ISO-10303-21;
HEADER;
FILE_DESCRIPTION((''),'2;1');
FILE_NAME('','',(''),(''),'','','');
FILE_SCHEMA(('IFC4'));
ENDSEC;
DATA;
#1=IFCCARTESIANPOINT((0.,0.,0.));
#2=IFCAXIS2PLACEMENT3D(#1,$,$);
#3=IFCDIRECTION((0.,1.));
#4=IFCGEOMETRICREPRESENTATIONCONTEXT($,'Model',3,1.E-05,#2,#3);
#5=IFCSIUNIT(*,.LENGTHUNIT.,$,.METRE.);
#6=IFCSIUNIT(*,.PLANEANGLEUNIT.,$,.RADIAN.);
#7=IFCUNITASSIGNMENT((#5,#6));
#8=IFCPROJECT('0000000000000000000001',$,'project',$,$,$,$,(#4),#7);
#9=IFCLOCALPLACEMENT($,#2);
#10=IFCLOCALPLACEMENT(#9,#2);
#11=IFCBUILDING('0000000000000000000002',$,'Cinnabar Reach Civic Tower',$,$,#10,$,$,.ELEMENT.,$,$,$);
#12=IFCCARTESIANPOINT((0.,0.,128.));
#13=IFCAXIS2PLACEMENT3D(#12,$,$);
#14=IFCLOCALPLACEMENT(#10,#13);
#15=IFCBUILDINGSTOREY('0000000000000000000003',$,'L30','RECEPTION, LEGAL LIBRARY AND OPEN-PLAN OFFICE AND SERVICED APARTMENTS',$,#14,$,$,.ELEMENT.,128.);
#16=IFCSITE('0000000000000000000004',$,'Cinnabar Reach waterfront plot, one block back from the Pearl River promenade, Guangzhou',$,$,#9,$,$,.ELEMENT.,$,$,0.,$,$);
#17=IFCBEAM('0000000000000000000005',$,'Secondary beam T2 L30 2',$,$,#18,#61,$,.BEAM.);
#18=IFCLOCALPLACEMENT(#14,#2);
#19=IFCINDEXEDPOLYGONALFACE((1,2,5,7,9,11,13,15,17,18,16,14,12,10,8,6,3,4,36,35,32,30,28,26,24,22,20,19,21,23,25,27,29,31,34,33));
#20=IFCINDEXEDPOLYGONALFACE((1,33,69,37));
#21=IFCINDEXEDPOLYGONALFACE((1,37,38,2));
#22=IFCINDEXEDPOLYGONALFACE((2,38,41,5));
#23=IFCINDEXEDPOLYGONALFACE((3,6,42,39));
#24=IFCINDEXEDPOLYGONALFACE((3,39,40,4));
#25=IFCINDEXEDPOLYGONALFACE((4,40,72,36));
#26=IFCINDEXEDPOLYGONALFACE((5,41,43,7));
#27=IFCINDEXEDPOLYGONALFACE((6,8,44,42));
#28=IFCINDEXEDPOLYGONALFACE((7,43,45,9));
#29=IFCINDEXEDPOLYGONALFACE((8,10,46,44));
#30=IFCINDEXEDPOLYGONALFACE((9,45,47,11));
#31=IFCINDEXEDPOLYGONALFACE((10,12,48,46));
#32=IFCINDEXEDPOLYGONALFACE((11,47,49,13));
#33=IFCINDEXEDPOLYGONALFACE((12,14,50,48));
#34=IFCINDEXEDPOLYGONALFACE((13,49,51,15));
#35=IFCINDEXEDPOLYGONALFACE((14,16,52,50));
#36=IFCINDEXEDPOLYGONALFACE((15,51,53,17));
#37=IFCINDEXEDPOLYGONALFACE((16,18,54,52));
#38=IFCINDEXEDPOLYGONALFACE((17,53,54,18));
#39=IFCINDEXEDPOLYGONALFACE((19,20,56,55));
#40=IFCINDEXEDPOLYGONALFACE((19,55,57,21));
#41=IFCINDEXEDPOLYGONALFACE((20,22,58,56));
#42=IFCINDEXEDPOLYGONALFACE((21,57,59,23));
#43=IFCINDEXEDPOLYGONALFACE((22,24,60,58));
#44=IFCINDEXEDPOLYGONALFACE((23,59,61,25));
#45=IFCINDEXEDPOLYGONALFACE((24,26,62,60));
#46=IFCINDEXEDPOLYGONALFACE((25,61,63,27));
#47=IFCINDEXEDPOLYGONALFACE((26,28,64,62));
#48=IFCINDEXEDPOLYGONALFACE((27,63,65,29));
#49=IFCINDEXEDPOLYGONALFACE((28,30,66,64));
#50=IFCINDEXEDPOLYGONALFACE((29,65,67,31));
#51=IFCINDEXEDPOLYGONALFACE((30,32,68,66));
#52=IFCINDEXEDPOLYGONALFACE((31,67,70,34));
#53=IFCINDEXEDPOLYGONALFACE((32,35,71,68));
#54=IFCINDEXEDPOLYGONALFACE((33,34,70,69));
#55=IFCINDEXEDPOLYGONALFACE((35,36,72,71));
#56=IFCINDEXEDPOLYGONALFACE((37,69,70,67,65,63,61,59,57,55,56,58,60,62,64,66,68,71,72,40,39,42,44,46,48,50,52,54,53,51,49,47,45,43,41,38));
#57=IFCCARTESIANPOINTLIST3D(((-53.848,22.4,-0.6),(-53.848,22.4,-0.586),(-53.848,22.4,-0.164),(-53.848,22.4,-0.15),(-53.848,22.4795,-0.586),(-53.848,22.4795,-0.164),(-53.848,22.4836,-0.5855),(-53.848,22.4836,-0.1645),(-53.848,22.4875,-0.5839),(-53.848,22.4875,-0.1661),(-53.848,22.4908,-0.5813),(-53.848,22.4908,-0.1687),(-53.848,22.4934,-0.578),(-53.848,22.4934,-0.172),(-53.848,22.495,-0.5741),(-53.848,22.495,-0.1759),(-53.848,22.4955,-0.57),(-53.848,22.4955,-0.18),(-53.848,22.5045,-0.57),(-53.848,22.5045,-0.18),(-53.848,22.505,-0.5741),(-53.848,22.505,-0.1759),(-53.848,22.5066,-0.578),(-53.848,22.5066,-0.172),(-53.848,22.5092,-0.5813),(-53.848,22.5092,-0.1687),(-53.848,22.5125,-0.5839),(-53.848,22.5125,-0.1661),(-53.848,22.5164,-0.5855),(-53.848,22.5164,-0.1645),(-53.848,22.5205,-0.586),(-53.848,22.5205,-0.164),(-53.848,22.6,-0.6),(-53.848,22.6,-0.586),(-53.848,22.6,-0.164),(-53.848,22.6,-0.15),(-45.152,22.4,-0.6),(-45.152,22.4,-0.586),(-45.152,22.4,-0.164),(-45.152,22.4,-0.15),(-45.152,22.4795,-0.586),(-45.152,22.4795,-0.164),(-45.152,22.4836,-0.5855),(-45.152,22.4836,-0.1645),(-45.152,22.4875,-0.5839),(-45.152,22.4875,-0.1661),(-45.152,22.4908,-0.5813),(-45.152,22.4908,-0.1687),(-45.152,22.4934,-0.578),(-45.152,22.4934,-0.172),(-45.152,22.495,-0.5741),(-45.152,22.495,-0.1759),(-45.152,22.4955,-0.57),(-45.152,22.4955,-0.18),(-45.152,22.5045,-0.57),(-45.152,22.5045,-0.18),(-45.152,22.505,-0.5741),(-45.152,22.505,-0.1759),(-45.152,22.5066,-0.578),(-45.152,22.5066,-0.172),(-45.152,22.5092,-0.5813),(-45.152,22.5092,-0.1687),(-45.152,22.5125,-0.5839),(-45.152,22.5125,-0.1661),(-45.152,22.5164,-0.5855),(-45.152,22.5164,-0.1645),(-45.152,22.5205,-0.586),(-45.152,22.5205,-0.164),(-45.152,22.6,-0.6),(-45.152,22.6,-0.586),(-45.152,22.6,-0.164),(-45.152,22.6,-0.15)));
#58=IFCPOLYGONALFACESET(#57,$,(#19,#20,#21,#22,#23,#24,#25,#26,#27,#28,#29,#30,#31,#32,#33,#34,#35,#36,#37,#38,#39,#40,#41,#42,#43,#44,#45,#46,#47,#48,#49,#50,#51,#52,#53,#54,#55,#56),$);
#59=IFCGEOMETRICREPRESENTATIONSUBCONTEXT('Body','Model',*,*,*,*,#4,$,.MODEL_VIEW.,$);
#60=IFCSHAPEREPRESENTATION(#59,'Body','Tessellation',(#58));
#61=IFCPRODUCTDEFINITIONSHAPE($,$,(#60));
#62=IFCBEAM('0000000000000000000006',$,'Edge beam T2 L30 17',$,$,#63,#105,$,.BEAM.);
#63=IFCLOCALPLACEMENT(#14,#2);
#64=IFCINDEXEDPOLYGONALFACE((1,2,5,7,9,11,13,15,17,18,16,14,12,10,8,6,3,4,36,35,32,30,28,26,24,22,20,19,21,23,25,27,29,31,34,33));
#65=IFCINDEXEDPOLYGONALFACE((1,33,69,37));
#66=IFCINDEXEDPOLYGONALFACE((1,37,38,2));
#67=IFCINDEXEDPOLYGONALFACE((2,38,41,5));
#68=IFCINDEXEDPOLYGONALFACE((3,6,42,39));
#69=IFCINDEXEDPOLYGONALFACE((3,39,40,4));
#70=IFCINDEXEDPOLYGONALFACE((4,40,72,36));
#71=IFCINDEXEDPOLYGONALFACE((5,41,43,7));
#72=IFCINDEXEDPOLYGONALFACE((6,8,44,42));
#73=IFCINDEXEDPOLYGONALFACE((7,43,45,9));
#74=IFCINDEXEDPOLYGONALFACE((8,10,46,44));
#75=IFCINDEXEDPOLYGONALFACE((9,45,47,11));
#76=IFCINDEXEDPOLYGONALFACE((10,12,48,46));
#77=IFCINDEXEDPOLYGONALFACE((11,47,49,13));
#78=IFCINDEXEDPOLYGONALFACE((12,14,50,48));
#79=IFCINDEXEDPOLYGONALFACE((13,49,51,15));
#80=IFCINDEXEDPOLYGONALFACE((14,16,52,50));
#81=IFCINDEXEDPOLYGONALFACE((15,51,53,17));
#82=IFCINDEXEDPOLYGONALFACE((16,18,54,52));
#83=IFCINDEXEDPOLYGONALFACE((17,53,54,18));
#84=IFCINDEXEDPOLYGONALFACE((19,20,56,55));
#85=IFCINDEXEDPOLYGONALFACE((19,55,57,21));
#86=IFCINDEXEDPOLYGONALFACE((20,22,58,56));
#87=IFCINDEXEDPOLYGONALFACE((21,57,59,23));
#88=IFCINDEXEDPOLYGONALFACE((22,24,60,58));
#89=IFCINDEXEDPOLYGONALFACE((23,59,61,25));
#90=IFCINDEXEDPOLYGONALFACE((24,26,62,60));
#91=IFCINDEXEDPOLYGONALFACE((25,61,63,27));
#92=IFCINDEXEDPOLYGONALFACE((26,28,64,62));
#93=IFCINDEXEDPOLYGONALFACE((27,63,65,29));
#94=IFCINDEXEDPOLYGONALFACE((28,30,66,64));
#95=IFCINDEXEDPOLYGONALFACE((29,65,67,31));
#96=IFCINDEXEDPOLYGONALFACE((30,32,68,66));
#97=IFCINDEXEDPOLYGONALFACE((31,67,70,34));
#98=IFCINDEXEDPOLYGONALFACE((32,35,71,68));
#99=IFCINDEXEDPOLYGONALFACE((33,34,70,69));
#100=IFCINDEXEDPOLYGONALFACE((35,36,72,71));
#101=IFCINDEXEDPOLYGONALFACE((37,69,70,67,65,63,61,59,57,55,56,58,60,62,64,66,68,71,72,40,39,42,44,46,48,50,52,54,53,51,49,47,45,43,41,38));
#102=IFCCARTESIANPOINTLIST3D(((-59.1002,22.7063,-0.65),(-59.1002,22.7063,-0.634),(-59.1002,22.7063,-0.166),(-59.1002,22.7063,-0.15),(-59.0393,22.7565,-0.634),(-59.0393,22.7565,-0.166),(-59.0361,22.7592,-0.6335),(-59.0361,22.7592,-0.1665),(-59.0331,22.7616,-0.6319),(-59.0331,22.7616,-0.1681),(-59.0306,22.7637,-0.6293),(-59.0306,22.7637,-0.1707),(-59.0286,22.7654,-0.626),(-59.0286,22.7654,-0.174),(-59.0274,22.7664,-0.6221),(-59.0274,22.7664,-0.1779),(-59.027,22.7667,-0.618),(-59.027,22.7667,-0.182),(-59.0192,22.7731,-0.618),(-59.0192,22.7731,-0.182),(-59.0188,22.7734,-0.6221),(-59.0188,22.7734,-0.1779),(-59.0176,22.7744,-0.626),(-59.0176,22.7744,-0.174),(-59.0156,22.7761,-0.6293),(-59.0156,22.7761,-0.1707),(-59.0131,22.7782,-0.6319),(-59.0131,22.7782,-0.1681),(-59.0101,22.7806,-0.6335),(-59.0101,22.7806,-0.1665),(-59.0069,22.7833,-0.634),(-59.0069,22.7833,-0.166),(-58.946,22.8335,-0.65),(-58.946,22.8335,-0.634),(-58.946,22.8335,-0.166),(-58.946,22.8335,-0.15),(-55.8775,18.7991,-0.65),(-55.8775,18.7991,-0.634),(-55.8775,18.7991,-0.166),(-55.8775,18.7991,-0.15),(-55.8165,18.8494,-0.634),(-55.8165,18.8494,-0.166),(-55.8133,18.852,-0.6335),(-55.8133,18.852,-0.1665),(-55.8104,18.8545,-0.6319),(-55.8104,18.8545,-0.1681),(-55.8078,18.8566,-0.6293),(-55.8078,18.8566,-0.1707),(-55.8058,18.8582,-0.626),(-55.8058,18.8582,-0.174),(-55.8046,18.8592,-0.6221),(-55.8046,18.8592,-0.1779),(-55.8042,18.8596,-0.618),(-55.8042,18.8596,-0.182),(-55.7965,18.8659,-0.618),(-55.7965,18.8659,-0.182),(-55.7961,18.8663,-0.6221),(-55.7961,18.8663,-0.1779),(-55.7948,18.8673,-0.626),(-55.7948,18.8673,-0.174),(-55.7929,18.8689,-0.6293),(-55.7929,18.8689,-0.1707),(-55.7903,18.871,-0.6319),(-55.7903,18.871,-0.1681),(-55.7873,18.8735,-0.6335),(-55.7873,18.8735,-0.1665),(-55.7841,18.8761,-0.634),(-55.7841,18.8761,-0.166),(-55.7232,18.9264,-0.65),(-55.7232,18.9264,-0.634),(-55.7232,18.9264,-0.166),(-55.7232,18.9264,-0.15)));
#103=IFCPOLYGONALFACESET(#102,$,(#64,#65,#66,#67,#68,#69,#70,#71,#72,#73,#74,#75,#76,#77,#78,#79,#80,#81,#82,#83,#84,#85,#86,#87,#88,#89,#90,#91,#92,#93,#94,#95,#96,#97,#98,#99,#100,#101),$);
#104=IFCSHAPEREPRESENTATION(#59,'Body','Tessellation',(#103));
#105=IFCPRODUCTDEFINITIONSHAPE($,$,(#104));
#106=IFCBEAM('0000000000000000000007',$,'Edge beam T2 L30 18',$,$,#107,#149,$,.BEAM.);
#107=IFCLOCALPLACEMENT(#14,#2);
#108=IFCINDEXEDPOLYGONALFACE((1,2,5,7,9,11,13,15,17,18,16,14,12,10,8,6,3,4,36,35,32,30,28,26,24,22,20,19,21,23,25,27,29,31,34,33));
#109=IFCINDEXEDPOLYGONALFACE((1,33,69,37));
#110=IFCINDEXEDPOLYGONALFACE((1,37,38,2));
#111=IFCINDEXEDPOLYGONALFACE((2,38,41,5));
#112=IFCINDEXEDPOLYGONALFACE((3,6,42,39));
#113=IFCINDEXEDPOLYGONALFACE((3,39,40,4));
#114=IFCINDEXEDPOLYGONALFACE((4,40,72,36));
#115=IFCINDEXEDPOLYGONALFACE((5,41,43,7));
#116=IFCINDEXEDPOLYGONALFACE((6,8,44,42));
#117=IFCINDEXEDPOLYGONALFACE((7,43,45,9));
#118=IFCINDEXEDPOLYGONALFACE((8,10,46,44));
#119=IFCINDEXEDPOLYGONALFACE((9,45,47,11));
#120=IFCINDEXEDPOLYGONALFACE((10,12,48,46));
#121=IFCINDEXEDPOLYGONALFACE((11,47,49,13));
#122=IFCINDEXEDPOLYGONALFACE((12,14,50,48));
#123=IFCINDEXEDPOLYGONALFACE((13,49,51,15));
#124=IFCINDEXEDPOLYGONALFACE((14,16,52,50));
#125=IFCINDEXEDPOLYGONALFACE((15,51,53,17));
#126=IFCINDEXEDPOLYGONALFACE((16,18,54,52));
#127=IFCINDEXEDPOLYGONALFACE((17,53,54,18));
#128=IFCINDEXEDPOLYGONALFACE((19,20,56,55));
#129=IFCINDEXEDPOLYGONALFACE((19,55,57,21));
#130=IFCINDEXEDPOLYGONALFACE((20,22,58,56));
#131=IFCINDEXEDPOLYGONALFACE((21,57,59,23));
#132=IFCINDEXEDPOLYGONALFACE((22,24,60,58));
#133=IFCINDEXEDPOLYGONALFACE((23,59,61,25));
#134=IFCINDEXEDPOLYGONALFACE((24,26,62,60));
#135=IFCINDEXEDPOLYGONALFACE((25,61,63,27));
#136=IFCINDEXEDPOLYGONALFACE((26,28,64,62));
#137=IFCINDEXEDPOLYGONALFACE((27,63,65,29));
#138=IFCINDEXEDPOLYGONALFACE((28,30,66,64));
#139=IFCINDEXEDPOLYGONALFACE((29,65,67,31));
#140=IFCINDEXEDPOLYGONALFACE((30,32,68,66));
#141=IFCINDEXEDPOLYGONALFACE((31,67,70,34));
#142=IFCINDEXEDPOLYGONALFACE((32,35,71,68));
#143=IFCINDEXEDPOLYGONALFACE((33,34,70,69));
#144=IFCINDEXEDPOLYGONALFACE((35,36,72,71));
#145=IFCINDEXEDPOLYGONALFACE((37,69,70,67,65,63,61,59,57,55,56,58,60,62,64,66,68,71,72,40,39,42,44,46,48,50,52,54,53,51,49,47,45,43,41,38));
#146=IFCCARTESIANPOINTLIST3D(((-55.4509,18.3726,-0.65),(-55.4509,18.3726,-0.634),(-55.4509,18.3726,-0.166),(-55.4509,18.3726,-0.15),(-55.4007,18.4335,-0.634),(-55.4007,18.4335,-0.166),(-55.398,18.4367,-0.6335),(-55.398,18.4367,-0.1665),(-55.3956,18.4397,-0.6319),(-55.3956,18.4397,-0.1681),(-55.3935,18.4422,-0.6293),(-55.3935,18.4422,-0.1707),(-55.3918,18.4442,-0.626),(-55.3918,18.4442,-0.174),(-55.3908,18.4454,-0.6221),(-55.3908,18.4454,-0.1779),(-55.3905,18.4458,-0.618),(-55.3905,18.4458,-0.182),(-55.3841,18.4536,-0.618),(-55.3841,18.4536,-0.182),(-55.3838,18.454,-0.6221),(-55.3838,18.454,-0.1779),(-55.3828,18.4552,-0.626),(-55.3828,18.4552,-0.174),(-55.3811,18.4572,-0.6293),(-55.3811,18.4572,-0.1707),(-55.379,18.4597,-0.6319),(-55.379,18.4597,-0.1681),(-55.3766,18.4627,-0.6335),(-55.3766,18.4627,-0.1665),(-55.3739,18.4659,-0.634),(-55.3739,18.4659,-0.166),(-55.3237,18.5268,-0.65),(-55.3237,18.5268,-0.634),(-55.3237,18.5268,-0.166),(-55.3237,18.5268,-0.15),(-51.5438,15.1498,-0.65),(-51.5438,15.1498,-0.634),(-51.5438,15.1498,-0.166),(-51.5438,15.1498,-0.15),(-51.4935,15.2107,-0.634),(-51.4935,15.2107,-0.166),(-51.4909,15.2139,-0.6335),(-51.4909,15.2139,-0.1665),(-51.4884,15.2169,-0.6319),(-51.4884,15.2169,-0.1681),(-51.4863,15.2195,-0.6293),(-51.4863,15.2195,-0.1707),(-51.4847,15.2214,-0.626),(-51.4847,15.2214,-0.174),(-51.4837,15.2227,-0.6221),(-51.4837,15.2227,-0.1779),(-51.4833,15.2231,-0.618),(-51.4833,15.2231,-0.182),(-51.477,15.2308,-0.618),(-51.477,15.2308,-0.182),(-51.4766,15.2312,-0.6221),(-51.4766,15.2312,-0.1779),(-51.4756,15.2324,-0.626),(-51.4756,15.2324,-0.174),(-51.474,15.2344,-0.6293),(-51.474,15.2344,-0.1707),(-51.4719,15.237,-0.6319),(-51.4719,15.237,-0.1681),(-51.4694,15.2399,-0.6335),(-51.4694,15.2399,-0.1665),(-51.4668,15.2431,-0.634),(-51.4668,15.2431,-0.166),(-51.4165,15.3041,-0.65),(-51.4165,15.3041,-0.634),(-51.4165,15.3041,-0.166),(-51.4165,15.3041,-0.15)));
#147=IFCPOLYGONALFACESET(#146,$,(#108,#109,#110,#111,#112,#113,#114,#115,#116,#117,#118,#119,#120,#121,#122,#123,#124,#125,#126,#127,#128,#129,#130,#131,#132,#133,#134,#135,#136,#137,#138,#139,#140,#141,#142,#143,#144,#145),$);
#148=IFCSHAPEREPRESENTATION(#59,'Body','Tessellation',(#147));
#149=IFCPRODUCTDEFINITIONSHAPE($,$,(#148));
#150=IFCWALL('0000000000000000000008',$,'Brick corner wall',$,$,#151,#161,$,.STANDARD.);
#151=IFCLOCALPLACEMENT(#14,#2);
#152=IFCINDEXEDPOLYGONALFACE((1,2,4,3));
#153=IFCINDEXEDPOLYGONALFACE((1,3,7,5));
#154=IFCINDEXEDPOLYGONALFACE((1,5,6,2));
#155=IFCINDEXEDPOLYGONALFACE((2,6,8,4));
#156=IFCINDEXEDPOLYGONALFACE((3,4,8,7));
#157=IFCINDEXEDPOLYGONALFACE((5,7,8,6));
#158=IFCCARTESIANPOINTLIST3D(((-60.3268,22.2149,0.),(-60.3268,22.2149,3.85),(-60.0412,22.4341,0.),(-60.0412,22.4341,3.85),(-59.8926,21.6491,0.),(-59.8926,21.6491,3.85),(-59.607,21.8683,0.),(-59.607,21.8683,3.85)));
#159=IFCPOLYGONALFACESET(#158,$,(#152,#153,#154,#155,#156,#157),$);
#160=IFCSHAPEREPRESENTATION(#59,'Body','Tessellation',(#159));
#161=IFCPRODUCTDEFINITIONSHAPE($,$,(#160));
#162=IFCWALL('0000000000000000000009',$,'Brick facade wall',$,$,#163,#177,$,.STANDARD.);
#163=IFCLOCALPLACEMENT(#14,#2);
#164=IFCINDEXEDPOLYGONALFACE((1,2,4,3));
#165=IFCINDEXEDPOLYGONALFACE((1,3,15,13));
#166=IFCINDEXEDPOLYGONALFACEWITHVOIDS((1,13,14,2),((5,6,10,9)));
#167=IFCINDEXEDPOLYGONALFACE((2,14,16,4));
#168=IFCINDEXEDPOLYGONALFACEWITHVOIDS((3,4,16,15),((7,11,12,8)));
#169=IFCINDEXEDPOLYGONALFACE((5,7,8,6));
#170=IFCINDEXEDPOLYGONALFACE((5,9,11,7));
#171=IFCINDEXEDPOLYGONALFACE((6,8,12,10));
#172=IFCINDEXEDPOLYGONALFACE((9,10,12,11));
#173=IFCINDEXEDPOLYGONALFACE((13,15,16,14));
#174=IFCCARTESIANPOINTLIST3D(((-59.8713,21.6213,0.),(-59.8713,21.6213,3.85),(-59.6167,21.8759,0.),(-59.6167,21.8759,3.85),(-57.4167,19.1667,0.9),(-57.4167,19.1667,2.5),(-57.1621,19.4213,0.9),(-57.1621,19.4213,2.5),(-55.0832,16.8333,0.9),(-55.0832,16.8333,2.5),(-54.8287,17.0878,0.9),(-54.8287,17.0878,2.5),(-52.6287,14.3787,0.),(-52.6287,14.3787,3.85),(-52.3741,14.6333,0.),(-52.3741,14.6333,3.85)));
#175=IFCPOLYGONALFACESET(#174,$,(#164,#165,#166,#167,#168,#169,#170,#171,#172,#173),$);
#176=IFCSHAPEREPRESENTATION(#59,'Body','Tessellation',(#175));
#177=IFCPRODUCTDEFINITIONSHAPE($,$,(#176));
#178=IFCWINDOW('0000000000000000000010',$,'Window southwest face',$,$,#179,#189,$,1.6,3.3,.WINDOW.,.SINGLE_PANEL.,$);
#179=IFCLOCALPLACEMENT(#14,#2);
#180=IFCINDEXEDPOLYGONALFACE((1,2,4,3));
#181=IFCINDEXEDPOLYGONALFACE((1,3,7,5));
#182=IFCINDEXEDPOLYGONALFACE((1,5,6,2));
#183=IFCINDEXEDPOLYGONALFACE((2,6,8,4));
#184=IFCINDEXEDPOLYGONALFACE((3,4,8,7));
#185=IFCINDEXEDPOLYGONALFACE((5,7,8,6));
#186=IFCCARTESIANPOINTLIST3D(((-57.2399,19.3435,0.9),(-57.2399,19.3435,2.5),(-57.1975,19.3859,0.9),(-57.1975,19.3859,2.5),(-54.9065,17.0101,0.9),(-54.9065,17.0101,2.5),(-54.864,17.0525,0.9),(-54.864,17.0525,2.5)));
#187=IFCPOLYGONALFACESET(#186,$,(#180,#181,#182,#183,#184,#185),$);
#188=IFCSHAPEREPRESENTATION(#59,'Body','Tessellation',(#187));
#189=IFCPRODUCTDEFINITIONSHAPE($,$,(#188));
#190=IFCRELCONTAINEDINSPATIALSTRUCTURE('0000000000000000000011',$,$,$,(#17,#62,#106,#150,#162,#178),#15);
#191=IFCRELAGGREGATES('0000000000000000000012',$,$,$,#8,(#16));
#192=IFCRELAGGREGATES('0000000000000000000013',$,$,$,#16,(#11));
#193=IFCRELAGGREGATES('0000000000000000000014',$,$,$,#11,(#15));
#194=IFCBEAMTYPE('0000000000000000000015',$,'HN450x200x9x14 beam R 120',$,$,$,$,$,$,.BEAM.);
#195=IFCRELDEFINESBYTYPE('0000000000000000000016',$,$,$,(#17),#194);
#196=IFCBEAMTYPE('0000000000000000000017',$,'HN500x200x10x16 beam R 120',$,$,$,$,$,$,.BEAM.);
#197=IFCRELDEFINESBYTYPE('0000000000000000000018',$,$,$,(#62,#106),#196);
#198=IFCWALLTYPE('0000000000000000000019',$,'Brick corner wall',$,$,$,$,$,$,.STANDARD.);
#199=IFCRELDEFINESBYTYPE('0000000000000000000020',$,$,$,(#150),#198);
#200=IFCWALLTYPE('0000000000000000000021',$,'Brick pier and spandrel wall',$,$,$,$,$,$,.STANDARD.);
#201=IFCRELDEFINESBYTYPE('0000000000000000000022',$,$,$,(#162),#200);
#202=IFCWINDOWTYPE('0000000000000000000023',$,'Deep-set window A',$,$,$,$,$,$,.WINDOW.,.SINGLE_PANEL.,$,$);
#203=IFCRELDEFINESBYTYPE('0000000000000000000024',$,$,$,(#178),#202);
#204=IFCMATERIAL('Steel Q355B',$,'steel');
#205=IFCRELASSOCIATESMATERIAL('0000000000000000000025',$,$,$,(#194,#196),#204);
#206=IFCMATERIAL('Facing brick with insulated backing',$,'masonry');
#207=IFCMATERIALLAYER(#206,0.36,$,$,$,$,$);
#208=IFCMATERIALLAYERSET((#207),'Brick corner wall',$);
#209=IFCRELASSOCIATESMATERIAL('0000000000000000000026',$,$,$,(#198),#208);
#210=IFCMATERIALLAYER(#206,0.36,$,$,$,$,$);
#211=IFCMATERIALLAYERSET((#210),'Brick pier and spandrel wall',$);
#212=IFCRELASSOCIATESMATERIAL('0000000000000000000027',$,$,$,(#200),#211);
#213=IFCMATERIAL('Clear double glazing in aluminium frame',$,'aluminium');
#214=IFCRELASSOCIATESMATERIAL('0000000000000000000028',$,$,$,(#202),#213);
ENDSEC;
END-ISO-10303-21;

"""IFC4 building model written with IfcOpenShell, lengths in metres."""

from ifc_helpers import new_model, si_unit, direction, frame, frame_2d, origin, origin_2d, place, context, subcontext, project, spatial, rectangle, i_section, extrude, material, layer, layer_set, material_profile, profile_set, type_object, element, fill, save


model = new_model("IFC4")

# Units and contexts
model_context = context("Model", 3, precision=1e-05, world=origin(), true_north=direction((0.0, 1.0)))
body_context = subcontext(model_context, "Body", "Model", "MODEL_VIEW")
ifc_project = project(units=[si_unit("LENGTHUNIT", "METRE"), si_unit("PLANEANGLEUNIT", "RADIAN")], contexts=[model_context])

# Site, building, storey
site_placement = place(None, origin())
site = spatial("IfcSite", under=ifc_project, at=site_placement, Name="Cinnabar Reach waterfront plot, one block back from the Pearl River promenade, Guangzhou", CompositionType="ELEMENT", RefElevation=0.0)
building_placement = place(site_placement, origin())
building = spatial("IfcBuilding", under=site, at=building_placement, Name="Cinnabar Reach Civic Tower", CompositionType="ELEMENT")
storey_placement = place(building_placement, frame((0.0, 0.0, 128.0)))
storey = spatial("IfcBuildingStorey", under=building, at=storey_placement, Name="L30", Description="RECEPTION, LEGAL LIBRARY AND OPEN-PLAN OFFICE AND SERVICED APARTMENTS", CompositionType="ELEMENT", Elevation=128.0)

# Beams
ifc_material_1 = material(Name="Steel Q355B", Category="steel")
ifc_material_profile_1 = material_profile(ifc_material_1, i_section(OverallWidth=0.2, OverallDepth=0.45, WebThickness=0.009, FlangeThickness=0.014, FilletRadius=0.016, at=origin_2d()), Name="HN450x200x9x14")
ifc_profile_set_1 = profile_set([ifc_material_profile_1], Name="Steel Q355B")
beam_type_1 = type_object("IfcBeamType", Name="HN450x200x9x14 beam R 120", PredefinedType="BEAM", material=ifc_profile_set_1)
beam_1_placement = place(storey_placement, frame((-53.848, 22.5, -0.375), z_axis=(1.0, 0.0, 0.0), x_axis=(0.0, 1.0, 0.0)))
element("IfcBeam", 1, at=beam_1_placement, inside=storey, type_object=beam_type_1, Name="Secondary beam T2 L30 2", PredefinedType="BEAM", context=body_context, shape_type="SweptSolid", body=[
    extrude(i_section(OverallWidth=0.2, OverallDepth=0.45, WebThickness=0.009, FlangeThickness=0.014, FilletRadius=0.016, at=origin_2d()), origin(), (0.0, 0.0, 1.0), 8.696),
])
ifc_material_profile_2 = material_profile(ifc_material_1, i_section(OverallWidth=0.2, OverallDepth=0.5, WebThickness=0.01, FlangeThickness=0.016, FilletRadius=0.016, at=origin_2d()), Name="HN500x200x10x16")
ifc_profile_set_2 = profile_set([ifc_material_profile_2], Name="Steel Q355B")
beam_type_2 = type_object("IfcBeamType", Name="HN500x200x10x16 beam R 120", PredefinedType="BEAM", material=ifc_profile_set_2)
for number, where, z_axis, x_axis, name in (
    (2, (-59.0231, 22.7699, -0.4), (0.636308, -0.771435, 0.0), (0.771435, 0.636308, 0.0), "Edge beam T2 L30 17"),
    (3, (-55.3873, 18.4497, -0.4), (0.771435, -0.636308, 0.0), (0.636308, 0.771435, 0.0), "Edge beam T2 L30 18"),
):
    element("IfcBeam", number, at=place(storey_placement, frame(where, z_axis=z_axis, x_axis=x_axis)), inside=storey, type_object=beam_type_2, Name=name, PredefinedType="BEAM", context=body_context, shape_type="SweptSolid", body=[
        extrude(i_section(OverallWidth=0.2, OverallDepth=0.5, WebThickness=0.01, FlangeThickness=0.016, FilletRadius=0.016, at=origin_2d()), origin(), (0.0, 0.0, 1.0), 5.0648),
    ])

# Wall
ifc_material_2 = material(Name="Facing brick with insulated backing", Category="masonry")
ifc_layer_1 = layer(ifc_material_2, 0.36)
ifc_layer_set_1 = layer_set([ifc_layer_1], Name="Brick corner wall")
wall_type_1 = type_object("IfcWallType", Name="Brick corner wall", PredefinedType="STANDARD", material=ifc_layer_set_1)
wall_1_placement = place(storey_placement, frame((-60.184, 22.3245, 0.0), z_axis=(0.0, 0.0, 1.0), x_axis=(0.608802, -0.793322, 0.0)))
element("IfcWall", 4, at=wall_1_placement, inside=storey, type_object=wall_type_1, Name="Brick corner wall", PredefinedType="STANDARD", context=body_context, shape_type="SweptSolid", body=[
    extrude(rectangle(XDim=0.7132, YDim=0.36, at=frame_2d((0.3566, 0.0))), origin(), (0.0, 0.0, 1.0), 3.85),
])

# Wall, opening, window
ifc_layer_2 = layer(ifc_material_2, 0.36)
ifc_layer_set_2 = layer_set([ifc_layer_2], Name="Brick pier and spandrel wall")
wall_type_2 = type_object("IfcWallType", Name="Brick pier and spandrel wall", PredefinedType="STANDARD", material=ifc_layer_set_2)
wall_2_placement = place(storey_placement, frame((-59.744, 21.7486, 0.0), z_axis=(0.0, 0.0, 1.0), x_axis=(0.707107, -0.707107, 0.0)))
wall_2 = element("IfcWall", 5, at=wall_2_placement, inside=storey, type_object=wall_type_2, Name="Brick facade wall", PredefinedType="STANDARD", context=body_context, shape_type="SweptSolid", body=[
    extrude(rectangle(XDim=10.2426, YDim=0.36, at=frame_2d((5.1213, 0.0))), origin(), (0.0, 0.0, 1.0), 3.85),
])
opening_1_placement = place(wall_2_placement, frame((3.4713, 0.0, 0.9)))
opening_1 = element("IfcOpeningElement", 6, at=opening_1_placement, cuts=wall_2, PredefinedType="OPENING", context=body_context, shape_type="SweptSolid", body=[
    extrude(rectangle(XDim=3.3, YDim=1.6, at=frame_2d((1.65, 0.8))), frame((0.0, 0.19, 0.0), z_axis=(0.0, -1.0, 0.0), x_axis=(1.0, 0.0, 0.0)), (0.0, 0.0, 1.0), 0.38),
])
ifc_material_3 = material(Name="Clear double glazing in aluminium frame", Category="aluminium")
window_type = type_object("IfcWindowType", Name="Deep-set window A", PartitioningType="SINGLE_PANEL", PredefinedType="WINDOW", material=ifc_material_3)
window_placement = place(opening_1_placement, origin())
window = element("IfcWindow", 7, at=window_placement, inside=storey, type_object=window_type, Name="Window southwest face", OverallHeight=1.6, OverallWidth=3.3, PartitioningType="SINGLE_PANEL", PredefinedType="WINDOW", context=body_context, shape_type="SweptSolid", body=[
    extrude(rectangle(XDim=3.3, YDim=1.6, at=frame_2d((1.65, 0.8))), frame((0.0, 0.13, 0.0), z_axis=(0.0, -1.0, 0.0), x_axis=(1.0, 0.0, 0.0)), (0.0, 0.0, 1.0), 0.06),
])
fill(opening_1, window)

save(model, "model.ifc")
